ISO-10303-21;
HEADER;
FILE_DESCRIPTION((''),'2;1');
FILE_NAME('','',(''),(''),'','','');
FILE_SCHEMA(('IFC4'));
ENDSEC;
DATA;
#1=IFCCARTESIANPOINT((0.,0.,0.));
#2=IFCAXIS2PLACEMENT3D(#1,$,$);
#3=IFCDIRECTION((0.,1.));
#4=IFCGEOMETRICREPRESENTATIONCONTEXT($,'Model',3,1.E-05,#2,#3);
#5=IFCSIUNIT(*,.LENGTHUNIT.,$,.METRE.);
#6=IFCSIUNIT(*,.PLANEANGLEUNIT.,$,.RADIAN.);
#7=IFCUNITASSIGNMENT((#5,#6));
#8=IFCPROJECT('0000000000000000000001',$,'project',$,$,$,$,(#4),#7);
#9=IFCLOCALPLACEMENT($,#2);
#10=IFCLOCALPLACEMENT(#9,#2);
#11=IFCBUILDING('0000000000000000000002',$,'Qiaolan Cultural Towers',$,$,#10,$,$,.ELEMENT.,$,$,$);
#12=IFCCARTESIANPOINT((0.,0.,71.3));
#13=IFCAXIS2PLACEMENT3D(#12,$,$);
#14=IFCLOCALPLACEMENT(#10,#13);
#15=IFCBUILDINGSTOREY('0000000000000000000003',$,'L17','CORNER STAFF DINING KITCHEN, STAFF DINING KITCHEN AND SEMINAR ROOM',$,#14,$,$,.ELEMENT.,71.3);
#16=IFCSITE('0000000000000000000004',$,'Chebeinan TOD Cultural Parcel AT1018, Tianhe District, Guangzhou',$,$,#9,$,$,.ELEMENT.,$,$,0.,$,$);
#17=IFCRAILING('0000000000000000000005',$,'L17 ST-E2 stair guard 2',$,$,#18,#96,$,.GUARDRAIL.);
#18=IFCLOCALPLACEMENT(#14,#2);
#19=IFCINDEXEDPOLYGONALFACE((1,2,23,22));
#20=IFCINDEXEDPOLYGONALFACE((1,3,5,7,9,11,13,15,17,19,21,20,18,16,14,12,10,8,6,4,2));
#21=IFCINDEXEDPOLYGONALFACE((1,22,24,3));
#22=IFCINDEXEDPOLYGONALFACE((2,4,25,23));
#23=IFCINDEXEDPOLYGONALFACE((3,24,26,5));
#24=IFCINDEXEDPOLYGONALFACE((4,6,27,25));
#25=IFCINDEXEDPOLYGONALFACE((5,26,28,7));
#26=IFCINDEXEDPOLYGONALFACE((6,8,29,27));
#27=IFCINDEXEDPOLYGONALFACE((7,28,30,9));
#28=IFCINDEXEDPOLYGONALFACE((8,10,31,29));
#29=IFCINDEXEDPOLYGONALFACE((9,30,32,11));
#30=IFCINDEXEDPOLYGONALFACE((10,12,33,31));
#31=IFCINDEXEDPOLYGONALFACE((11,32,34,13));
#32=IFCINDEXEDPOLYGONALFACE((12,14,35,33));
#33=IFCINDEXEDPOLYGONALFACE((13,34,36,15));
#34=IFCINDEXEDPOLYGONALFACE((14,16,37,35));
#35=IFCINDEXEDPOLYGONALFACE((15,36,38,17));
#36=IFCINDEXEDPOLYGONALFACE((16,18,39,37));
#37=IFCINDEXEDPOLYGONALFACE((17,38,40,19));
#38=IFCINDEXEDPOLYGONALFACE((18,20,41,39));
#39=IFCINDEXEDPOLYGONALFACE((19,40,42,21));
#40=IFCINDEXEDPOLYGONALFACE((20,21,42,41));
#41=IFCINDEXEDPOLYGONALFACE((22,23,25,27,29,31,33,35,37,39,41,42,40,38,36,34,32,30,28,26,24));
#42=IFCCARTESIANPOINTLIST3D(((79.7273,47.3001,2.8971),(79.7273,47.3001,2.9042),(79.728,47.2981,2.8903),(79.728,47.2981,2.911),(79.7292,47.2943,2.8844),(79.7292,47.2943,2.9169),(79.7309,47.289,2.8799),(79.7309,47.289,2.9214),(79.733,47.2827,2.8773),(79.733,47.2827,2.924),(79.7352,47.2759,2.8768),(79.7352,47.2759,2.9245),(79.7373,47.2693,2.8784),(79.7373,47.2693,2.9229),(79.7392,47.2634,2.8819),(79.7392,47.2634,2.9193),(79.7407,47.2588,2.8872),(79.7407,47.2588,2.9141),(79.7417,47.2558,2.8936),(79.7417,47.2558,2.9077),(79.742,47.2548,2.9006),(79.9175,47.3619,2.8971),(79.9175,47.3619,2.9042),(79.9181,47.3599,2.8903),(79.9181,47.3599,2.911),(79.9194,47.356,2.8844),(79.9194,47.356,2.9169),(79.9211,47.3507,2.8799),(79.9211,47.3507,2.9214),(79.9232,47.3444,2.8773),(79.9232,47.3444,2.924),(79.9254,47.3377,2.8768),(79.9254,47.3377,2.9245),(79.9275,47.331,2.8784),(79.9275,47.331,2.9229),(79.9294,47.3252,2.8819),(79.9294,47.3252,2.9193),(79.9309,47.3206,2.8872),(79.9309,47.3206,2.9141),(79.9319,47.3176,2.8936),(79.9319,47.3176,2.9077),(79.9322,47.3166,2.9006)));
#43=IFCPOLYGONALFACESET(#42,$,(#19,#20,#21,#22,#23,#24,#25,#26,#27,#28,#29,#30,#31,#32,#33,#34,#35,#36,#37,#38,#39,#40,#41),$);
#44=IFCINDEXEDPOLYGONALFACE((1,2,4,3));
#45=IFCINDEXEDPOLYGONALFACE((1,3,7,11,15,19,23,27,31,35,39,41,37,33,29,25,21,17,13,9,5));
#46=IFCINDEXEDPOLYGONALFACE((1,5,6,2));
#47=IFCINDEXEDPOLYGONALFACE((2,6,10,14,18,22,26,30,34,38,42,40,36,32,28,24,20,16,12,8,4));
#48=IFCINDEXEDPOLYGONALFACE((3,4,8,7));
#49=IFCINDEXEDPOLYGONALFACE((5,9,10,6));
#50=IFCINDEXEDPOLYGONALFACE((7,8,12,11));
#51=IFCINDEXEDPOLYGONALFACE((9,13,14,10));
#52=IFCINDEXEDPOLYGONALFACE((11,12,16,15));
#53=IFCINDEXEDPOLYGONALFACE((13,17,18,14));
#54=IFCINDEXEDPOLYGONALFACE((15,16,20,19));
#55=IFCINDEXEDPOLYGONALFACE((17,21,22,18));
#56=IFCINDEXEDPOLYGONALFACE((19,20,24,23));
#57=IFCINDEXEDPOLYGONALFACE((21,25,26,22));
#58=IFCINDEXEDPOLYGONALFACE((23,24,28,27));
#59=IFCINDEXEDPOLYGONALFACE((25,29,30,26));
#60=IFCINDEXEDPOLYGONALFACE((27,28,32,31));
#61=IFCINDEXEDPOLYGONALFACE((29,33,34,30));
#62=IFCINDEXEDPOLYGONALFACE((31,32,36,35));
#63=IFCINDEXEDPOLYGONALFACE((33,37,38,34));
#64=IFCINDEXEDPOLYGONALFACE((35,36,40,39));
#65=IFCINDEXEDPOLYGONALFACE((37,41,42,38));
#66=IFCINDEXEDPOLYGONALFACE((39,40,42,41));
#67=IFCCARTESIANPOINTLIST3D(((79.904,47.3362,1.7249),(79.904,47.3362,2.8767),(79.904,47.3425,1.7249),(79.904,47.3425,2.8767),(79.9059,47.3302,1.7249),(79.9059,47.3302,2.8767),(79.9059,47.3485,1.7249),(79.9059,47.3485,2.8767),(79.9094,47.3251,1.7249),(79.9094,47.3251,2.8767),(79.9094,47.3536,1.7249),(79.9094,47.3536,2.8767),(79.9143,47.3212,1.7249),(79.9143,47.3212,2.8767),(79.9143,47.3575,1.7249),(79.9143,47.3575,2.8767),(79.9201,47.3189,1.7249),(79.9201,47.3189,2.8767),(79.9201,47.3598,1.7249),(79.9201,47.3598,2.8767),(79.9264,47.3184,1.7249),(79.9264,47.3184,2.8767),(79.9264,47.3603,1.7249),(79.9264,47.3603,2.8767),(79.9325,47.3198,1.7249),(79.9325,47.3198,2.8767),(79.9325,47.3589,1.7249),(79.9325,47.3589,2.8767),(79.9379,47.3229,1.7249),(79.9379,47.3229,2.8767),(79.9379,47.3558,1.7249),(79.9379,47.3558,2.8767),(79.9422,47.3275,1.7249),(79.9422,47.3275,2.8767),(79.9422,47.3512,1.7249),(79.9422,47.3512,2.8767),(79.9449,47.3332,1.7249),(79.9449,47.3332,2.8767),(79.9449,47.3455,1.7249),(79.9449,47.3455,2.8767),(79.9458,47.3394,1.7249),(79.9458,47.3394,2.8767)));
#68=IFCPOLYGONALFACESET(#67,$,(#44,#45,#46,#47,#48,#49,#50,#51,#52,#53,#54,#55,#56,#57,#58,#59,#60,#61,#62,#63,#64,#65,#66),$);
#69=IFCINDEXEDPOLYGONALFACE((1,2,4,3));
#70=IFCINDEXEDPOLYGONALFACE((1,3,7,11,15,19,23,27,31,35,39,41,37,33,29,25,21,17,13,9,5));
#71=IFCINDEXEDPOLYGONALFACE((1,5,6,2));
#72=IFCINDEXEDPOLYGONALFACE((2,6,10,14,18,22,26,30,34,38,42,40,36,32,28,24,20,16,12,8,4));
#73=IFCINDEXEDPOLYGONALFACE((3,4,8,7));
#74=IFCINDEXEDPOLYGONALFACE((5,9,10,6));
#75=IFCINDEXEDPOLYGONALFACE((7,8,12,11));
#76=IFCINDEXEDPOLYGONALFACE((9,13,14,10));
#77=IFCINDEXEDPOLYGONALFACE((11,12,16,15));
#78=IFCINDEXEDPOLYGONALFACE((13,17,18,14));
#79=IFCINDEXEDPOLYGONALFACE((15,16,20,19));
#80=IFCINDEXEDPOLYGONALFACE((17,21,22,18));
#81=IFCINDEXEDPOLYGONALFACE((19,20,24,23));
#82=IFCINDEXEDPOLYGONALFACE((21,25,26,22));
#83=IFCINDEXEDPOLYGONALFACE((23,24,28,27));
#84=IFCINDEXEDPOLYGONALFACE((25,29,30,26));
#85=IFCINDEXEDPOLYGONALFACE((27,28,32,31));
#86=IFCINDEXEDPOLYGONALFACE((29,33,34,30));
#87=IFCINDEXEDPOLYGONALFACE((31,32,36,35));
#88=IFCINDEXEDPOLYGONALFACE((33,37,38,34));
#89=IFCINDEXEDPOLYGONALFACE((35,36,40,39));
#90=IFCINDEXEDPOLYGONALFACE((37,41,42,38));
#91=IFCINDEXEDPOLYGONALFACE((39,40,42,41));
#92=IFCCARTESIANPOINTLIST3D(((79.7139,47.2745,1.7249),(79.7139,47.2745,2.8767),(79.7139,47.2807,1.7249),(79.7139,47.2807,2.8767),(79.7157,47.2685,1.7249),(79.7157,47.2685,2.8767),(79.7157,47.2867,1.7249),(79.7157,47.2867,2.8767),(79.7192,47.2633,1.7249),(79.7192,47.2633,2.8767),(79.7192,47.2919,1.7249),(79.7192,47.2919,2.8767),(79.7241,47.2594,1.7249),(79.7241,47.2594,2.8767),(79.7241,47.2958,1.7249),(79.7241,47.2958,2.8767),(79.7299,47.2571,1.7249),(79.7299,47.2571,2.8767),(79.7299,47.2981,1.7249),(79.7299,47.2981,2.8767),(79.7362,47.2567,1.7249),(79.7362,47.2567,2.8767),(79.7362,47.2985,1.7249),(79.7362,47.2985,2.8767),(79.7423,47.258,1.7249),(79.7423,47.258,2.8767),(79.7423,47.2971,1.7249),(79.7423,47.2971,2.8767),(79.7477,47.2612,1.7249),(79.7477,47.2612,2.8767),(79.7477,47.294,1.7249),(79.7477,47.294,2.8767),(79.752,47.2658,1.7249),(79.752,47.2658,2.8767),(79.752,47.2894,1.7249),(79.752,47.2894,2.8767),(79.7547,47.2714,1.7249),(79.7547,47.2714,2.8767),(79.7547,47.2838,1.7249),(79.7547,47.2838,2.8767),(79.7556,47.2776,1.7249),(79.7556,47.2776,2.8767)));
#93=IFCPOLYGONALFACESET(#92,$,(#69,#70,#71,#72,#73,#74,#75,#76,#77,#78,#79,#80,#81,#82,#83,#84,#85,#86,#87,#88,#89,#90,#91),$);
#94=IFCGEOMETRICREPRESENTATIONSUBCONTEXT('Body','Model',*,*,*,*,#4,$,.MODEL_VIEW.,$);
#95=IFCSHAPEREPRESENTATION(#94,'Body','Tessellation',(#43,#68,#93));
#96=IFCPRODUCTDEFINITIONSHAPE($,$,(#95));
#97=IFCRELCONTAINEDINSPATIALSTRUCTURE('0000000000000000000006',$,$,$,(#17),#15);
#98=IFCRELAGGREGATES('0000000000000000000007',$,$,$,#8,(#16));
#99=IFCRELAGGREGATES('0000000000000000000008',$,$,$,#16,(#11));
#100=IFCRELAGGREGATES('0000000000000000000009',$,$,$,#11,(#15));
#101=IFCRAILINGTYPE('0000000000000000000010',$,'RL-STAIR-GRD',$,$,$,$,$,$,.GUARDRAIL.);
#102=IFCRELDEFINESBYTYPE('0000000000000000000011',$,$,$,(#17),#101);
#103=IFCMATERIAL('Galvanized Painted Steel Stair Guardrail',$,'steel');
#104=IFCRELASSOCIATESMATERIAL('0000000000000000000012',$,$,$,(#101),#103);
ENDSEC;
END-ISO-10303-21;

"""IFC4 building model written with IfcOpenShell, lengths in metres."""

from ifc_helpers import new_model, si_unit, direction, frame, origin, origin_2d, place, context, subcontext, project, spatial, circle, extrude, material, type_object, element, save


model = new_model("IFC4")

# Units and contexts
model_context = context("Model", 3, precision=1e-05, world=origin(), true_north=direction((0.0, 1.0)))
body_context = subcontext(model_context, "Body", "Model", "MODEL_VIEW")
ifc_project = project(units=[si_unit("LENGTHUNIT", "METRE"), si_unit("PLANEANGLEUNIT", "RADIAN")], contexts=[model_context])

# Site, building, storey
site_placement = place(None, origin())
site = spatial("IfcSite", under=ifc_project, at=site_placement, Name="Chebeinan TOD Cultural Parcel AT1018, Tianhe District, Guangzhou", CompositionType="ELEMENT", RefElevation=0.0)
building_placement = place(site_placement, origin())
building = spatial("IfcBuilding", under=site, at=building_placement, Name="Qiaolan Cultural Towers", CompositionType="ELEMENT")
storey_placement = place(building_placement, frame((0.0, 0.0, 71.3)))
storey = spatial("IfcBuildingStorey", under=building, at=storey_placement, Name="L17", Description="CORNER STAFF DINING KITCHEN, STAFF DINING KITCHEN AND SEMINAR ROOM", CompositionType="ELEMENT", Elevation=71.3)

# Railing
ifc_material_1 = material(Name="Galvanized Painted Steel Stair Guardrail", Category="steel")
railing_type_1 = type_object("IfcRailingType", Name="RL-STAIR-GRD", PredefinedType="GUARDRAIL", material=ifc_material_1)
railing_1_placement = place(storey_placement, frame((79.9248, 47.3394, 1.7249)))
element("IfcRailing", 1, at=railing_1_placement, inside=storey, type_object=railing_type_1, Name="L17 ST-E2 stair guard 2", PredefinedType="GUARDRAIL", context=body_context, shape_type="SweptSolid", body=[
    extrude(circle(Radius=0.0239, at=origin_2d()), frame((0.0, 0.0, 1.1758), z_axis=(-0.951097, -0.308893, 0.0), x_axis=(0.308893, -0.951097, 0.0)), (0.0, 0.0, 1.0), 0.2),
    extrude(circle(Radius=0.021, at=origin_2d()), origin(), (0.0, 0.0, 1.0), 1.1519),
    extrude(circle(Radius=0.021, at=origin_2d()), frame((-0.1902, -0.0618, 0.0)), (0.0, 0.0, 1.0), 1.1519),
])

save(model, "model.ifc")
